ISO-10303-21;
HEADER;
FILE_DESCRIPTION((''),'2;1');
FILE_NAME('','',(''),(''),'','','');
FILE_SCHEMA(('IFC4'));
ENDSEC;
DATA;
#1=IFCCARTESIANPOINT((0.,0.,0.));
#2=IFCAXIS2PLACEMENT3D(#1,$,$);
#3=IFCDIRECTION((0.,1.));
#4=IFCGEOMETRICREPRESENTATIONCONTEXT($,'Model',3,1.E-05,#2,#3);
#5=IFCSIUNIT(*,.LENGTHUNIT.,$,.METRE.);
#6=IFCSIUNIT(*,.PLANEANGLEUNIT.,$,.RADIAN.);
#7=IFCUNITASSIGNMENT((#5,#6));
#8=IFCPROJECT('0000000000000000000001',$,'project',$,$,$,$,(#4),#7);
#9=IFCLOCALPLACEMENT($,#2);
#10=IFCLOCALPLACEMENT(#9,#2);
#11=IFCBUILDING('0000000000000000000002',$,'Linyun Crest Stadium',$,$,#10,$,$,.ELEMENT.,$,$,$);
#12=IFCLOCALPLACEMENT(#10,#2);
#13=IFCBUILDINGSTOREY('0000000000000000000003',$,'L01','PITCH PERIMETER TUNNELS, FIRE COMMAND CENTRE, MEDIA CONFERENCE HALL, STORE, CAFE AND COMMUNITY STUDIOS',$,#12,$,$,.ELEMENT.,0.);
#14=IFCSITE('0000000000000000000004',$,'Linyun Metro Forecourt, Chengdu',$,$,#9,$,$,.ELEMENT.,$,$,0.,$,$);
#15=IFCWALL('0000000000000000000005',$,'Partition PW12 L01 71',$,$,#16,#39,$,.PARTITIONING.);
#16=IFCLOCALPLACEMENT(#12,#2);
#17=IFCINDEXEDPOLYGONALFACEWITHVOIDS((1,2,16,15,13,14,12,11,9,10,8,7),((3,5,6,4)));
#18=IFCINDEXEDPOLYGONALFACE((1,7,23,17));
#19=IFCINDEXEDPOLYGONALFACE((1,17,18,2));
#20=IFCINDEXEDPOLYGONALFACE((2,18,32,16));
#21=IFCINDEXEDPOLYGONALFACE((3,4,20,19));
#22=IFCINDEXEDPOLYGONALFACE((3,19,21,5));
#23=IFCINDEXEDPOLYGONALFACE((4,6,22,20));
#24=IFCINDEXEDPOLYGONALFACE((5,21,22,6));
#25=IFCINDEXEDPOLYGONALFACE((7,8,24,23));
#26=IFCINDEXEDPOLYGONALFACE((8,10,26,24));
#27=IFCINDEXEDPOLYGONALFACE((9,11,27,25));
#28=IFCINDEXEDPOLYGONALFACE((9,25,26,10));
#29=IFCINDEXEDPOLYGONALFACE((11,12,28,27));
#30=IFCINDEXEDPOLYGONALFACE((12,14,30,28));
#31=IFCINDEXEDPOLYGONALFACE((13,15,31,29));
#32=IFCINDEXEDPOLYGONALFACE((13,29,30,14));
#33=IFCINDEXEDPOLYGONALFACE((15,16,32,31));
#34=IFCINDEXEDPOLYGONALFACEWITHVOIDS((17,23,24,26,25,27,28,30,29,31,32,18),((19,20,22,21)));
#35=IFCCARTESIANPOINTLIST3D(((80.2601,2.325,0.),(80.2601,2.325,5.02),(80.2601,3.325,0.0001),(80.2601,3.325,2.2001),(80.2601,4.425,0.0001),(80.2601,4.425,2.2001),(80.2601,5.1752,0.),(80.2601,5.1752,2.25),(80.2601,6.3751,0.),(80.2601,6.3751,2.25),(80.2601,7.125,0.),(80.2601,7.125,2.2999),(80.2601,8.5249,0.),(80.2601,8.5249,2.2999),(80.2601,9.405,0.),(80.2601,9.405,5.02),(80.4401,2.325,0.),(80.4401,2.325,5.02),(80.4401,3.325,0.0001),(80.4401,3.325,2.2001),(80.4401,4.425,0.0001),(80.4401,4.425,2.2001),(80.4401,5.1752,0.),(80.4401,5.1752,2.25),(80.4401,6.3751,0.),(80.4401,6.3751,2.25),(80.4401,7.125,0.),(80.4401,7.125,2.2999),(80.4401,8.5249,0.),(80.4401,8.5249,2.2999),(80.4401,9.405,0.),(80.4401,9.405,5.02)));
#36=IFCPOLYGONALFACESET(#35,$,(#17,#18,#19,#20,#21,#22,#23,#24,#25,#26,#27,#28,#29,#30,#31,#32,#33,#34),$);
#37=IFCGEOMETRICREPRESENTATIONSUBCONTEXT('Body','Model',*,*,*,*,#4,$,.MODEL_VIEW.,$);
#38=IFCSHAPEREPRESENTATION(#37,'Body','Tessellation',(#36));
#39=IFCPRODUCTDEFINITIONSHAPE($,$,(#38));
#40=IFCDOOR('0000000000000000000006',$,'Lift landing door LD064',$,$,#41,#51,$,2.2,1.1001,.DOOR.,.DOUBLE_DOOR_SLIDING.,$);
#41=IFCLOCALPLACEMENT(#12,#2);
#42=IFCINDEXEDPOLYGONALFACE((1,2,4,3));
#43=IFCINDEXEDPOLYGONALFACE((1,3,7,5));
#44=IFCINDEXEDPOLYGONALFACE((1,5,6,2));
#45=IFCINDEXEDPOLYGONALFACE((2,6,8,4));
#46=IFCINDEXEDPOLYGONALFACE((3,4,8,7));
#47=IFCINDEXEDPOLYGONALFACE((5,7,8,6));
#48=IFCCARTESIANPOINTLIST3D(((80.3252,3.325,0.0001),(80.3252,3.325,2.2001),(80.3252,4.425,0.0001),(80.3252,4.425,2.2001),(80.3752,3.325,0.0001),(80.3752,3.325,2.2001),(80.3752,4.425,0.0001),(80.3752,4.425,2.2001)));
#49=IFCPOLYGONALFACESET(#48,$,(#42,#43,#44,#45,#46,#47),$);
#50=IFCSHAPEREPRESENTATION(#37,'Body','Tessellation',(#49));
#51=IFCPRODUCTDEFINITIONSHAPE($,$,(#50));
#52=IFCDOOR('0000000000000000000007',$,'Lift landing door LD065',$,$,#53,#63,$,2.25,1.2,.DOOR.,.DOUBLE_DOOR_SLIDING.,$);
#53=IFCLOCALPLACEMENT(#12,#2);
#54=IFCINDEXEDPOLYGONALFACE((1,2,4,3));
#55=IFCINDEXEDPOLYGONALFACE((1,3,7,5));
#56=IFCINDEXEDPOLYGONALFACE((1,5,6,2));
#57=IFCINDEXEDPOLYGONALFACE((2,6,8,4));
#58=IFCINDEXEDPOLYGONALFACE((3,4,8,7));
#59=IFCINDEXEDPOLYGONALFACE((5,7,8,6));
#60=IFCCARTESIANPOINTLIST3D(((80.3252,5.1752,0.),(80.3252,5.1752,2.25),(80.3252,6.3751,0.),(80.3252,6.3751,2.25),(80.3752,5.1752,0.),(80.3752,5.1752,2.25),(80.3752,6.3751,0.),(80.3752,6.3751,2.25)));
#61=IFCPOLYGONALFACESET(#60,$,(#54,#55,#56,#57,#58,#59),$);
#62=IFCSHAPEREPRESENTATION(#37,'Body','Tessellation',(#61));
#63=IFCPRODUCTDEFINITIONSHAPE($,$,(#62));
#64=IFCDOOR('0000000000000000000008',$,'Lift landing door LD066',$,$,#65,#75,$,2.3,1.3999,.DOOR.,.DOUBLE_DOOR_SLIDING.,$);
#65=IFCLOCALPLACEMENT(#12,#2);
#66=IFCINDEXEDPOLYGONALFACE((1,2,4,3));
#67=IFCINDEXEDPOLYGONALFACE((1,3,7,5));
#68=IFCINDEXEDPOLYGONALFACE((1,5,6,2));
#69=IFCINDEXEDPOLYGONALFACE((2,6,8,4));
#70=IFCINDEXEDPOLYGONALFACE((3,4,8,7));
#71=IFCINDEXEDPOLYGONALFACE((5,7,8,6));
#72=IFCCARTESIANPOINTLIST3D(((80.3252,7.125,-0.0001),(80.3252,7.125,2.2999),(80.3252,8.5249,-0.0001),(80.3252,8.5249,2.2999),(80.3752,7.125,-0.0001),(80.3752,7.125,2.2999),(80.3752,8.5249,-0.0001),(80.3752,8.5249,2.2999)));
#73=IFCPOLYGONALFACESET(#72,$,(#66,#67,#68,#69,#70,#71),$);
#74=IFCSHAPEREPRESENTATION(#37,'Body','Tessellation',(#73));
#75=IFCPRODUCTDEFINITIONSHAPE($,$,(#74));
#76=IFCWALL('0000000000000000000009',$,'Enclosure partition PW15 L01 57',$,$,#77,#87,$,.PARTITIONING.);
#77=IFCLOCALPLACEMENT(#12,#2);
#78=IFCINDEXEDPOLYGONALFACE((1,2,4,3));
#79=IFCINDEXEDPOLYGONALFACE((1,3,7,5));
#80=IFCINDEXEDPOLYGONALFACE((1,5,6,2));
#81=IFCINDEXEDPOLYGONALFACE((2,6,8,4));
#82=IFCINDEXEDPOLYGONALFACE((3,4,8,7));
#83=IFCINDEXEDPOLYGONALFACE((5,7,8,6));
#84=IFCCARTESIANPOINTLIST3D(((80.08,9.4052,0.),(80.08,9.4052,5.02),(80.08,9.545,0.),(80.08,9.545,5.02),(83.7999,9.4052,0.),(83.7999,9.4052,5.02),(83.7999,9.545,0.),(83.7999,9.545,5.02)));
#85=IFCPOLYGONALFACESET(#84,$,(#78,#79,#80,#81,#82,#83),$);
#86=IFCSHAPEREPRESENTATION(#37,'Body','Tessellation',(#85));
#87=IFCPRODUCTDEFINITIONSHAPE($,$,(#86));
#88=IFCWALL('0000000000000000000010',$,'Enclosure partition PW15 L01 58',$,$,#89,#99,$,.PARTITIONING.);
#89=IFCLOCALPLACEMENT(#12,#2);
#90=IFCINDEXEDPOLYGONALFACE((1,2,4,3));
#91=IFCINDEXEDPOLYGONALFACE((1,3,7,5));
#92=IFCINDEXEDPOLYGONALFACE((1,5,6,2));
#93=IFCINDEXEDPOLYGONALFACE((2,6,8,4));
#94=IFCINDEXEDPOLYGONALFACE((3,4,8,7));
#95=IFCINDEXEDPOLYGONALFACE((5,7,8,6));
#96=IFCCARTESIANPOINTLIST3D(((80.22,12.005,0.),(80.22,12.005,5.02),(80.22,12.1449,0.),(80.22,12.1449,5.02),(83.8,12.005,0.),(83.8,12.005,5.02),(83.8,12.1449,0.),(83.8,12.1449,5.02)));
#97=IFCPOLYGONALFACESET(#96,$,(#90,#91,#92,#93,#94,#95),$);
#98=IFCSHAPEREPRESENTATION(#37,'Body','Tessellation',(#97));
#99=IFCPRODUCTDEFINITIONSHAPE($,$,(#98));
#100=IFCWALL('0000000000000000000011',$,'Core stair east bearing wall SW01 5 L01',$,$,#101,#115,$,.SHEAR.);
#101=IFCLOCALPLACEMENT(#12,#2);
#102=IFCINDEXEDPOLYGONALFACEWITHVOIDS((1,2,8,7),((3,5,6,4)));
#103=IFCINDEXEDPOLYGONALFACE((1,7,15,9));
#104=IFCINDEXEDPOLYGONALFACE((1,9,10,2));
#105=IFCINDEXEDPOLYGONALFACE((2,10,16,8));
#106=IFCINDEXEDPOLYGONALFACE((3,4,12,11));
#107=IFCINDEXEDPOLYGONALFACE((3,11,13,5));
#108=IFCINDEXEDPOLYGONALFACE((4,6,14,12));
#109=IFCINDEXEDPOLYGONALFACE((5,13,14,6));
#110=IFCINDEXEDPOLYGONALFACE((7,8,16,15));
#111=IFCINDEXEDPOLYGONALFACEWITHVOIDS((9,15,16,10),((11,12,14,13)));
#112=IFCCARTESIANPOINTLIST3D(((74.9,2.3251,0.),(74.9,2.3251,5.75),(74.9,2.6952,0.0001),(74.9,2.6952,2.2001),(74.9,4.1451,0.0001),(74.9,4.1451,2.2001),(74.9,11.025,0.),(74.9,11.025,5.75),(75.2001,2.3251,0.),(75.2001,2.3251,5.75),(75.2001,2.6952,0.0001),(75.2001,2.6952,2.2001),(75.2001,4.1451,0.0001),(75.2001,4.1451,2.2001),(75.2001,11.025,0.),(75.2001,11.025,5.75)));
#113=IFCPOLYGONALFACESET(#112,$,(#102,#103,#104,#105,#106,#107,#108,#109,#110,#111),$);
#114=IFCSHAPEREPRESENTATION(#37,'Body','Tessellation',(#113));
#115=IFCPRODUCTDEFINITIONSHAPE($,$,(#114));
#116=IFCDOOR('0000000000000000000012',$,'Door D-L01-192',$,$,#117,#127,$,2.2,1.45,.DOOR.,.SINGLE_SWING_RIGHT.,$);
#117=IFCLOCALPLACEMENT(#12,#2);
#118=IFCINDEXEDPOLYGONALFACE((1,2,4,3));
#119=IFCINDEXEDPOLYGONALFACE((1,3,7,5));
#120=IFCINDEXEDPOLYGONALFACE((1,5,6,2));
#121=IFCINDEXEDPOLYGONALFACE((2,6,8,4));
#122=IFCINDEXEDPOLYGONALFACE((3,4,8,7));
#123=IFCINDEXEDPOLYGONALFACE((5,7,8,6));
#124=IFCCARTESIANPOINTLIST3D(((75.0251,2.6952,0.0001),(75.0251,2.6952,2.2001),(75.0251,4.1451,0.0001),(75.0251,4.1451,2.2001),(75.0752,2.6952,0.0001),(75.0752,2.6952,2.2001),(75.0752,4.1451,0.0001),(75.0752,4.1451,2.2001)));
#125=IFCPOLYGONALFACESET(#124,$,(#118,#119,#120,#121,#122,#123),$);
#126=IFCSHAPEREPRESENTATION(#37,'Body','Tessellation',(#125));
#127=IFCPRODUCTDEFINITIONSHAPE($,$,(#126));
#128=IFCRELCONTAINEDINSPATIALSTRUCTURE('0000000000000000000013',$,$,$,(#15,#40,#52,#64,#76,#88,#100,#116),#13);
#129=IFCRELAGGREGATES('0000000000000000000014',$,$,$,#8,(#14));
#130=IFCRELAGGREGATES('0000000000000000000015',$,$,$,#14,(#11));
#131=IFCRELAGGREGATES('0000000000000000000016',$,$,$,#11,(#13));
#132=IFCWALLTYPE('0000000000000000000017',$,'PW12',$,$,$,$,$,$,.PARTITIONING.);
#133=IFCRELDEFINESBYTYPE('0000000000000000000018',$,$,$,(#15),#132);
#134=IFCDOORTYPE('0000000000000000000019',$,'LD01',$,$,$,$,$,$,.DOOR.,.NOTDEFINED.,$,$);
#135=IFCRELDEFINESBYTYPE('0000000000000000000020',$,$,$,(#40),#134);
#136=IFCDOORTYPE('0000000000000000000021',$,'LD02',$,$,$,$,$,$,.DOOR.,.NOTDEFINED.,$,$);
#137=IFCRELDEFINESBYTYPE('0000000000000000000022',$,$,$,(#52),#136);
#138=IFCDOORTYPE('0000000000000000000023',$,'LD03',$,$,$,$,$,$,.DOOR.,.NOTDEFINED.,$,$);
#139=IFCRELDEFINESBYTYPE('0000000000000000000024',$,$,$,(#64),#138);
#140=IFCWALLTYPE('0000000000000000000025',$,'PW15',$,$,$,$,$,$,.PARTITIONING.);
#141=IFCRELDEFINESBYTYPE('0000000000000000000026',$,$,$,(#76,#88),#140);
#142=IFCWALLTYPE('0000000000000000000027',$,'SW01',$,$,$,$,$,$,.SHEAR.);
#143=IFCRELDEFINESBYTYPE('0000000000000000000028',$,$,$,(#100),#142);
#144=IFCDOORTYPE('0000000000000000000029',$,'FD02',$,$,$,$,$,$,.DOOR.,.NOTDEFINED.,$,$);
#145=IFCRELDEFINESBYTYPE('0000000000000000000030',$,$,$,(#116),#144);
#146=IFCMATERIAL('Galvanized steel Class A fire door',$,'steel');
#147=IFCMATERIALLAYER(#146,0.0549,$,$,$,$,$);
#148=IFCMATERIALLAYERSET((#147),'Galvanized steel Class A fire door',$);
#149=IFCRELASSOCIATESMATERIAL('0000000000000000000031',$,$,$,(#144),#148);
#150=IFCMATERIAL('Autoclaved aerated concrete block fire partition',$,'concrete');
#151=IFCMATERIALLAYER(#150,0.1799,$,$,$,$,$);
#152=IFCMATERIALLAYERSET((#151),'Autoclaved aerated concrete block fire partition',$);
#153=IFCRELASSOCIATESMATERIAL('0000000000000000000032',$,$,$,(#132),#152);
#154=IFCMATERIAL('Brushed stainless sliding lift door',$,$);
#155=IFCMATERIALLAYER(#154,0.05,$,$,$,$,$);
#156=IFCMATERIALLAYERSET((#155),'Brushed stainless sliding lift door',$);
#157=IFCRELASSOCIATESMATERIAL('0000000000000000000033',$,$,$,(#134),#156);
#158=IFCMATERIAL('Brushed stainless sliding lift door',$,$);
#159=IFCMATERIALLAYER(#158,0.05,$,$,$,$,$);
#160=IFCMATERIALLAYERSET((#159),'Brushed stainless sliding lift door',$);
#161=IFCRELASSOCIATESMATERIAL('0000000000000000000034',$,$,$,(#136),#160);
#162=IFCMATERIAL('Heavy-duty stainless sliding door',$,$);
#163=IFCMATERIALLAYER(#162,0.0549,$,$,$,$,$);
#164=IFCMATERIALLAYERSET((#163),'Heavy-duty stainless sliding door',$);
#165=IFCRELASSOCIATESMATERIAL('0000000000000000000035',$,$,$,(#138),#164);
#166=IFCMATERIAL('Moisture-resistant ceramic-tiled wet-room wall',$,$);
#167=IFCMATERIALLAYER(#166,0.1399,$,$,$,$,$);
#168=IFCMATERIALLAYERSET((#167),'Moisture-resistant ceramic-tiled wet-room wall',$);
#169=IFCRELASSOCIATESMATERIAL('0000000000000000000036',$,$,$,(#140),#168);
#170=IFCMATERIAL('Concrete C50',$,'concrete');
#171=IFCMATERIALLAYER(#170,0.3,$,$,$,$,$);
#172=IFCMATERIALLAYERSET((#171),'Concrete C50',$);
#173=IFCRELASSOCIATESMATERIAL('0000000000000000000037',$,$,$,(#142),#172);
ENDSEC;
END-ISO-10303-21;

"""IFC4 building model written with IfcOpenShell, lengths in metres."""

from ifc_helpers import new_model, si_unit, direction, frame, frame_2d, origin, place, context, subcontext, project, spatial, rectangle, extrude, material, layer, layer_set, type_object, element, fill, save


model = new_model("IFC4")

# Units and contexts
model_context = context("Model", 3, precision=1e-05, world=origin(), true_north=direction((0.0, 1.0)))
body_context = subcontext(model_context, "Body", "Model", "MODEL_VIEW")
ifc_project = project(units=[si_unit("LENGTHUNIT", "METRE"), si_unit("PLANEANGLEUNIT", "RADIAN")], contexts=[model_context])

# Site, building, storey
site_placement = place(None, origin())
site = spatial("IfcSite", under=ifc_project, at=site_placement, Name="Linyun Metro Forecourt, Chengdu", CompositionType="ELEMENT", RefElevation=0.0)
building_placement = place(site_placement, origin())
building = spatial("IfcBuilding", under=site, at=building_placement, Name="Linyun Crest Stadium", CompositionType="ELEMENT")
storey_placement = place(building_placement, origin())
storey = spatial("IfcBuildingStorey", under=building, at=storey_placement, Name="L01", Description="PITCH PERIMETER TUNNELS, FIRE COMMAND CENTRE, MEDIA CONFERENCE HALL, STORE, CAFE AND COMMUNITY STUDIOS", CompositionType="ELEMENT", Elevation=0.0)

# Shared definitions
ifc_material_1 = material(Name="Galvanized steel Class A fire door", Category="steel")
ifc_layer_1 = layer(ifc_material_1, 0.0549)
ifc_layer_set_1 = layer_set([ifc_layer_1], Name="Galvanized steel Class A fire door")
door_type_1 = type_object("IfcDoorType", Name="FD02", OperationType="NOTDEFINED", PredefinedType="DOOR", material=ifc_layer_set_1)

# Wall, openings, doors
ifc_material_2 = material(Name="Autoclaved aerated concrete block fire partition", Category="concrete")
ifc_layer_2 = layer(ifc_material_2, 0.1799)
ifc_layer_set_2 = layer_set([ifc_layer_2], Name="Autoclaved aerated concrete block fire partition")
wall_type_1 = type_object("IfcWallType", Name="PW12", PredefinedType="PARTITIONING", material=ifc_layer_set_2)
wall_1_placement = place(storey_placement, frame((80.3501, 2.325, 0.0), z_axis=(0.0, 0.0, 1.0), x_axis=(0.0, 1.0, 0.0)))
wall_1 = element("IfcWall", 1, at=wall_1_placement, inside=storey, type_object=wall_type_1, Name="Partition PW12 L01 71", PredefinedType="PARTITIONING", context=body_context, shape_type="SweptSolid", body=[
    extrude(rectangle(XDim=7.0801, YDim=0.1799, at=frame_2d((3.54, 0.0))), origin(), (0.0, 0.0, 1.0), 5.02),
])
opening_1_placement = place(wall_1_placement, frame((1.0, 0.0, 0.0)))
opening_1 = element("IfcOpeningElement", 2, at=opening_1_placement, cuts=wall_1, PredefinedType="OPENING", context=body_context, shape_type="SweptSolid", body=[
    extrude(rectangle(XDim=1.1001, YDim=2.2, at=frame_2d((0.55, 1.1001))), frame((0.0, 0.0999, 0.0), z_axis=(0.0, -1.0, 0.0), x_axis=(1.0, 0.0, 0.0)), (0.0, 0.0, 1.0), 0.2),
])
opening_2_placement = place(wall_1_placement, frame((2.8501, 0.0, 0.0)))
opening_2 = element("IfcOpeningElement", 3, at=opening_2_placement, cuts=wall_1, PredefinedType="OPENING", context=body_context, shape_type="SweptSolid", body=[
    extrude(rectangle(XDim=1.2, YDim=2.25, at=frame_2d((0.6001, 1.125))), frame((0.0, 0.0999, 0.0), z_axis=(0.0, -1.0, 0.0), x_axis=(1.0, 0.0, 0.0)), (0.0, 0.0, 1.0), 0.2),
])
opening_3_placement = place(wall_1_placement, frame((4.8, 0.0, 0.0)))
opening_3 = element("IfcOpeningElement", 4, at=opening_3_placement, cuts=wall_1, PredefinedType="OPENING", context=body_context, shape_type="SweptSolid", body=[
    extrude(rectangle(XDim=1.3999, YDim=2.3, at=frame_2d((0.7, 1.1499))), frame((0.0, 0.0999, 0.0), z_axis=(0.0, -1.0, 0.0), x_axis=(1.0, 0.0, 0.0)), (0.0, 0.0, 1.0), 0.2),
])
ifc_material_3 = material(Name="Brushed stainless sliding lift door")
ifc_layer_3 = layer(ifc_material_3, 0.05)
ifc_layer_set_3 = layer_set([ifc_layer_3], Name="Brushed stainless sliding lift door")
door_type_2 = type_object("IfcDoorType", Name="LD01", OperationType="NOTDEFINED", PredefinedType="DOOR", material=ifc_layer_set_3)
door_1_placement = place(opening_1_placement, origin())
door_1 = element("IfcDoor", 5, at=door_1_placement, inside=storey, type_object=door_type_2, Name="Lift landing door LD064", OperationType="DOUBLE_DOOR_SLIDING", OverallHeight=2.2, OverallWidth=1.1001, PredefinedType="DOOR", context=body_context, shape_type="SweptSolid", body=[
    extrude(rectangle(XDim=1.1001, YDim=2.2, at=frame_2d((0.55, 1.1001))), frame((0.0, 0.0249, 0.0), z_axis=(0.0, -1.0, 0.0), x_axis=(1.0, 0.0, 0.0)), (0.0, 0.0, 1.0), 0.05),
])
fill(opening_1, door_1)
ifc_material_4 = material(Name="Brushed stainless sliding lift door")
ifc_layer_4 = layer(ifc_material_4, 0.05)
ifc_layer_set_4 = layer_set([ifc_layer_4], Name="Brushed stainless sliding lift door")
door_type_3 = type_object("IfcDoorType", Name="LD02", OperationType="NOTDEFINED", PredefinedType="DOOR", material=ifc_layer_set_4)
door_2_placement = place(opening_2_placement, origin())
door_2 = element("IfcDoor", 6, at=door_2_placement, inside=storey, type_object=door_type_3, Name="Lift landing door LD065", OperationType="DOUBLE_DOOR_SLIDING", OverallHeight=2.25, OverallWidth=1.2, PredefinedType="DOOR", context=body_context, shape_type="SweptSolid", body=[
    extrude(rectangle(XDim=1.2, YDim=2.25, at=frame_2d((0.6001, 1.125))), frame((0.0, 0.0249, 0.0), z_axis=(0.0, -1.0, 0.0), x_axis=(1.0, 0.0, 0.0)), (0.0, 0.0, 1.0), 0.05),
])
fill(opening_2, door_2)
ifc_material_5 = material(Name="Heavy-duty stainless sliding door")
ifc_layer_5 = layer(ifc_material_5, 0.0549)
ifc_layer_set_5 = layer_set([ifc_layer_5], Name="Heavy-duty stainless sliding door")
door_type_4 = type_object("IfcDoorType", Name="LD03", OperationType="NOTDEFINED", PredefinedType="DOOR", material=ifc_layer_set_5)
door_3_placement = place(opening_3_placement, origin())
door_3 = element("IfcDoor", 7, at=door_3_placement, inside=storey, type_object=door_type_4, Name="Lift landing door LD066", OperationType="DOUBLE_DOOR_SLIDING", OverallHeight=2.3, OverallWidth=1.3999, PredefinedType="DOOR", context=body_context, shape_type="SweptSolid", body=[
    extrude(rectangle(XDim=1.3999, YDim=2.3, at=frame_2d((0.7, 1.1499))), frame((0.0, 0.0249, 0.0), z_axis=(0.0, -1.0, 0.0), x_axis=(1.0, 0.0, 0.0)), (0.0, 0.0, 1.0), 0.05),
])
fill(opening_3, door_3)
ifc_material_6 = material(Name="Moisture-resistant ceramic-tiled wet-room wall")
ifc_layer_6 = layer(ifc_material_6, 0.1399)
ifc_layer_set_6 = layer_set([ifc_layer_6], Name="Moisture-resistant ceramic-tiled wet-room wall")
wall_type_2 = type_object("IfcWallType", Name="PW15", PredefinedType="PARTITIONING", material=ifc_layer_set_6)

# Walls
wall_2_placement = place(storey_placement, frame((80.0801, 9.4751, 0.0), z_axis=(0.0, 0.0, 1.0), x_axis=(1.0, 0.0, 0.0)))
element("IfcWall", 8, at=wall_2_placement, inside=storey, type_object=wall_type_2, Name="Enclosure partition PW15 L01 57", PredefinedType="PARTITIONING", context=body_context, shape_type="SweptSolid", body=[
    extrude(rectangle(XDim=3.72, YDim=0.1399, at=frame_2d((1.8599, 0.0))), origin(), (0.0, 0.0, 1.0), 5.02),
])
wall_3_placement = place(storey_placement, frame((80.22, 12.075, 0.0), z_axis=(0.0, 0.0, 1.0), x_axis=(1.0, 0.0, 0.0)))
element("IfcWall", 9, at=wall_3_placement, inside=storey, type_object=wall_type_2, Name="Enclosure partition PW15 L01 58", PredefinedType="PARTITIONING", context=body_context, shape_type="SweptSolid", body=[
    extrude(rectangle(XDim=3.5801, YDim=0.1399, at=frame_2d((1.79, 0.0))), origin(), (0.0, 0.0, 1.0), 5.02),
])

# Wall, opening, door
ifc_material_7 = material(Name="Concrete C50", Category="concrete")
ifc_layer_7 = layer(ifc_material_7, 0.3)
ifc_layer_set_7 = layer_set([ifc_layer_7], Name="Concrete C50")
wall_type_3 = type_object("IfcWallType", Name="SW01", PredefinedType="SHEAR", material=ifc_layer_set_7)
wall_4_placement = place(storey_placement, frame((75.05, 2.325, 0.0), z_axis=(0.0, 0.0, 1.0), x_axis=(0.0, 1.0, 0.0)))
wall_4 = element("IfcWall", 10, at=wall_4_placement, inside=storey, type_object=wall_type_3, Name="Core stair east bearing wall SW01 5 L01", PredefinedType="SHEAR", context=body_context, shape_type="SweptSolid", body=[
    extrude(rectangle(XDim=8.7, YDim=0.3, at=frame_2d((4.3501, 0.0))), origin(), (0.0, 0.0, 1.0), 5.75),
])
opening_4_placement = place(wall_4_placement, frame((0.3701, 0.0, 0.0)))
opening_4 = element("IfcOpeningElement", 11, at=opening_4_placement, cuts=wall_4, PredefinedType="OPENING", context=body_context, shape_type="SweptSolid", body=[
    extrude(rectangle(XDim=1.45, YDim=2.2, at=frame_2d((0.7251, 1.1001))), frame((0.0, 0.1599, 0.0), z_axis=(0.0, -1.0, 0.0), x_axis=(1.0, 0.0, 0.0)), (0.0, 0.0, 1.0), 0.3201),
])
door_4_placement = place(opening_4_placement, origin())
door_4 = element("IfcDoor", 12, at=door_4_placement, inside=storey, type_object=door_type_1, Name="Door D-L01-192", OperationType="SINGLE_SWING_RIGHT", OverallHeight=2.2, OverallWidth=1.45, PredefinedType="DOOR", context=body_context, shape_type="SweptSolid", body=[
    extrude(rectangle(XDim=1.45, YDim=2.2, at=frame_2d((0.7251, 1.1001))), frame((0.0, 0.0249, 0.0), z_axis=(0.0, -1.0, 0.0), x_axis=(1.0, 0.0, 0.0)), (0.0, 0.0, 1.0), 0.05),
])
fill(opening_4, door_4)

save(model, "model.ifc")
